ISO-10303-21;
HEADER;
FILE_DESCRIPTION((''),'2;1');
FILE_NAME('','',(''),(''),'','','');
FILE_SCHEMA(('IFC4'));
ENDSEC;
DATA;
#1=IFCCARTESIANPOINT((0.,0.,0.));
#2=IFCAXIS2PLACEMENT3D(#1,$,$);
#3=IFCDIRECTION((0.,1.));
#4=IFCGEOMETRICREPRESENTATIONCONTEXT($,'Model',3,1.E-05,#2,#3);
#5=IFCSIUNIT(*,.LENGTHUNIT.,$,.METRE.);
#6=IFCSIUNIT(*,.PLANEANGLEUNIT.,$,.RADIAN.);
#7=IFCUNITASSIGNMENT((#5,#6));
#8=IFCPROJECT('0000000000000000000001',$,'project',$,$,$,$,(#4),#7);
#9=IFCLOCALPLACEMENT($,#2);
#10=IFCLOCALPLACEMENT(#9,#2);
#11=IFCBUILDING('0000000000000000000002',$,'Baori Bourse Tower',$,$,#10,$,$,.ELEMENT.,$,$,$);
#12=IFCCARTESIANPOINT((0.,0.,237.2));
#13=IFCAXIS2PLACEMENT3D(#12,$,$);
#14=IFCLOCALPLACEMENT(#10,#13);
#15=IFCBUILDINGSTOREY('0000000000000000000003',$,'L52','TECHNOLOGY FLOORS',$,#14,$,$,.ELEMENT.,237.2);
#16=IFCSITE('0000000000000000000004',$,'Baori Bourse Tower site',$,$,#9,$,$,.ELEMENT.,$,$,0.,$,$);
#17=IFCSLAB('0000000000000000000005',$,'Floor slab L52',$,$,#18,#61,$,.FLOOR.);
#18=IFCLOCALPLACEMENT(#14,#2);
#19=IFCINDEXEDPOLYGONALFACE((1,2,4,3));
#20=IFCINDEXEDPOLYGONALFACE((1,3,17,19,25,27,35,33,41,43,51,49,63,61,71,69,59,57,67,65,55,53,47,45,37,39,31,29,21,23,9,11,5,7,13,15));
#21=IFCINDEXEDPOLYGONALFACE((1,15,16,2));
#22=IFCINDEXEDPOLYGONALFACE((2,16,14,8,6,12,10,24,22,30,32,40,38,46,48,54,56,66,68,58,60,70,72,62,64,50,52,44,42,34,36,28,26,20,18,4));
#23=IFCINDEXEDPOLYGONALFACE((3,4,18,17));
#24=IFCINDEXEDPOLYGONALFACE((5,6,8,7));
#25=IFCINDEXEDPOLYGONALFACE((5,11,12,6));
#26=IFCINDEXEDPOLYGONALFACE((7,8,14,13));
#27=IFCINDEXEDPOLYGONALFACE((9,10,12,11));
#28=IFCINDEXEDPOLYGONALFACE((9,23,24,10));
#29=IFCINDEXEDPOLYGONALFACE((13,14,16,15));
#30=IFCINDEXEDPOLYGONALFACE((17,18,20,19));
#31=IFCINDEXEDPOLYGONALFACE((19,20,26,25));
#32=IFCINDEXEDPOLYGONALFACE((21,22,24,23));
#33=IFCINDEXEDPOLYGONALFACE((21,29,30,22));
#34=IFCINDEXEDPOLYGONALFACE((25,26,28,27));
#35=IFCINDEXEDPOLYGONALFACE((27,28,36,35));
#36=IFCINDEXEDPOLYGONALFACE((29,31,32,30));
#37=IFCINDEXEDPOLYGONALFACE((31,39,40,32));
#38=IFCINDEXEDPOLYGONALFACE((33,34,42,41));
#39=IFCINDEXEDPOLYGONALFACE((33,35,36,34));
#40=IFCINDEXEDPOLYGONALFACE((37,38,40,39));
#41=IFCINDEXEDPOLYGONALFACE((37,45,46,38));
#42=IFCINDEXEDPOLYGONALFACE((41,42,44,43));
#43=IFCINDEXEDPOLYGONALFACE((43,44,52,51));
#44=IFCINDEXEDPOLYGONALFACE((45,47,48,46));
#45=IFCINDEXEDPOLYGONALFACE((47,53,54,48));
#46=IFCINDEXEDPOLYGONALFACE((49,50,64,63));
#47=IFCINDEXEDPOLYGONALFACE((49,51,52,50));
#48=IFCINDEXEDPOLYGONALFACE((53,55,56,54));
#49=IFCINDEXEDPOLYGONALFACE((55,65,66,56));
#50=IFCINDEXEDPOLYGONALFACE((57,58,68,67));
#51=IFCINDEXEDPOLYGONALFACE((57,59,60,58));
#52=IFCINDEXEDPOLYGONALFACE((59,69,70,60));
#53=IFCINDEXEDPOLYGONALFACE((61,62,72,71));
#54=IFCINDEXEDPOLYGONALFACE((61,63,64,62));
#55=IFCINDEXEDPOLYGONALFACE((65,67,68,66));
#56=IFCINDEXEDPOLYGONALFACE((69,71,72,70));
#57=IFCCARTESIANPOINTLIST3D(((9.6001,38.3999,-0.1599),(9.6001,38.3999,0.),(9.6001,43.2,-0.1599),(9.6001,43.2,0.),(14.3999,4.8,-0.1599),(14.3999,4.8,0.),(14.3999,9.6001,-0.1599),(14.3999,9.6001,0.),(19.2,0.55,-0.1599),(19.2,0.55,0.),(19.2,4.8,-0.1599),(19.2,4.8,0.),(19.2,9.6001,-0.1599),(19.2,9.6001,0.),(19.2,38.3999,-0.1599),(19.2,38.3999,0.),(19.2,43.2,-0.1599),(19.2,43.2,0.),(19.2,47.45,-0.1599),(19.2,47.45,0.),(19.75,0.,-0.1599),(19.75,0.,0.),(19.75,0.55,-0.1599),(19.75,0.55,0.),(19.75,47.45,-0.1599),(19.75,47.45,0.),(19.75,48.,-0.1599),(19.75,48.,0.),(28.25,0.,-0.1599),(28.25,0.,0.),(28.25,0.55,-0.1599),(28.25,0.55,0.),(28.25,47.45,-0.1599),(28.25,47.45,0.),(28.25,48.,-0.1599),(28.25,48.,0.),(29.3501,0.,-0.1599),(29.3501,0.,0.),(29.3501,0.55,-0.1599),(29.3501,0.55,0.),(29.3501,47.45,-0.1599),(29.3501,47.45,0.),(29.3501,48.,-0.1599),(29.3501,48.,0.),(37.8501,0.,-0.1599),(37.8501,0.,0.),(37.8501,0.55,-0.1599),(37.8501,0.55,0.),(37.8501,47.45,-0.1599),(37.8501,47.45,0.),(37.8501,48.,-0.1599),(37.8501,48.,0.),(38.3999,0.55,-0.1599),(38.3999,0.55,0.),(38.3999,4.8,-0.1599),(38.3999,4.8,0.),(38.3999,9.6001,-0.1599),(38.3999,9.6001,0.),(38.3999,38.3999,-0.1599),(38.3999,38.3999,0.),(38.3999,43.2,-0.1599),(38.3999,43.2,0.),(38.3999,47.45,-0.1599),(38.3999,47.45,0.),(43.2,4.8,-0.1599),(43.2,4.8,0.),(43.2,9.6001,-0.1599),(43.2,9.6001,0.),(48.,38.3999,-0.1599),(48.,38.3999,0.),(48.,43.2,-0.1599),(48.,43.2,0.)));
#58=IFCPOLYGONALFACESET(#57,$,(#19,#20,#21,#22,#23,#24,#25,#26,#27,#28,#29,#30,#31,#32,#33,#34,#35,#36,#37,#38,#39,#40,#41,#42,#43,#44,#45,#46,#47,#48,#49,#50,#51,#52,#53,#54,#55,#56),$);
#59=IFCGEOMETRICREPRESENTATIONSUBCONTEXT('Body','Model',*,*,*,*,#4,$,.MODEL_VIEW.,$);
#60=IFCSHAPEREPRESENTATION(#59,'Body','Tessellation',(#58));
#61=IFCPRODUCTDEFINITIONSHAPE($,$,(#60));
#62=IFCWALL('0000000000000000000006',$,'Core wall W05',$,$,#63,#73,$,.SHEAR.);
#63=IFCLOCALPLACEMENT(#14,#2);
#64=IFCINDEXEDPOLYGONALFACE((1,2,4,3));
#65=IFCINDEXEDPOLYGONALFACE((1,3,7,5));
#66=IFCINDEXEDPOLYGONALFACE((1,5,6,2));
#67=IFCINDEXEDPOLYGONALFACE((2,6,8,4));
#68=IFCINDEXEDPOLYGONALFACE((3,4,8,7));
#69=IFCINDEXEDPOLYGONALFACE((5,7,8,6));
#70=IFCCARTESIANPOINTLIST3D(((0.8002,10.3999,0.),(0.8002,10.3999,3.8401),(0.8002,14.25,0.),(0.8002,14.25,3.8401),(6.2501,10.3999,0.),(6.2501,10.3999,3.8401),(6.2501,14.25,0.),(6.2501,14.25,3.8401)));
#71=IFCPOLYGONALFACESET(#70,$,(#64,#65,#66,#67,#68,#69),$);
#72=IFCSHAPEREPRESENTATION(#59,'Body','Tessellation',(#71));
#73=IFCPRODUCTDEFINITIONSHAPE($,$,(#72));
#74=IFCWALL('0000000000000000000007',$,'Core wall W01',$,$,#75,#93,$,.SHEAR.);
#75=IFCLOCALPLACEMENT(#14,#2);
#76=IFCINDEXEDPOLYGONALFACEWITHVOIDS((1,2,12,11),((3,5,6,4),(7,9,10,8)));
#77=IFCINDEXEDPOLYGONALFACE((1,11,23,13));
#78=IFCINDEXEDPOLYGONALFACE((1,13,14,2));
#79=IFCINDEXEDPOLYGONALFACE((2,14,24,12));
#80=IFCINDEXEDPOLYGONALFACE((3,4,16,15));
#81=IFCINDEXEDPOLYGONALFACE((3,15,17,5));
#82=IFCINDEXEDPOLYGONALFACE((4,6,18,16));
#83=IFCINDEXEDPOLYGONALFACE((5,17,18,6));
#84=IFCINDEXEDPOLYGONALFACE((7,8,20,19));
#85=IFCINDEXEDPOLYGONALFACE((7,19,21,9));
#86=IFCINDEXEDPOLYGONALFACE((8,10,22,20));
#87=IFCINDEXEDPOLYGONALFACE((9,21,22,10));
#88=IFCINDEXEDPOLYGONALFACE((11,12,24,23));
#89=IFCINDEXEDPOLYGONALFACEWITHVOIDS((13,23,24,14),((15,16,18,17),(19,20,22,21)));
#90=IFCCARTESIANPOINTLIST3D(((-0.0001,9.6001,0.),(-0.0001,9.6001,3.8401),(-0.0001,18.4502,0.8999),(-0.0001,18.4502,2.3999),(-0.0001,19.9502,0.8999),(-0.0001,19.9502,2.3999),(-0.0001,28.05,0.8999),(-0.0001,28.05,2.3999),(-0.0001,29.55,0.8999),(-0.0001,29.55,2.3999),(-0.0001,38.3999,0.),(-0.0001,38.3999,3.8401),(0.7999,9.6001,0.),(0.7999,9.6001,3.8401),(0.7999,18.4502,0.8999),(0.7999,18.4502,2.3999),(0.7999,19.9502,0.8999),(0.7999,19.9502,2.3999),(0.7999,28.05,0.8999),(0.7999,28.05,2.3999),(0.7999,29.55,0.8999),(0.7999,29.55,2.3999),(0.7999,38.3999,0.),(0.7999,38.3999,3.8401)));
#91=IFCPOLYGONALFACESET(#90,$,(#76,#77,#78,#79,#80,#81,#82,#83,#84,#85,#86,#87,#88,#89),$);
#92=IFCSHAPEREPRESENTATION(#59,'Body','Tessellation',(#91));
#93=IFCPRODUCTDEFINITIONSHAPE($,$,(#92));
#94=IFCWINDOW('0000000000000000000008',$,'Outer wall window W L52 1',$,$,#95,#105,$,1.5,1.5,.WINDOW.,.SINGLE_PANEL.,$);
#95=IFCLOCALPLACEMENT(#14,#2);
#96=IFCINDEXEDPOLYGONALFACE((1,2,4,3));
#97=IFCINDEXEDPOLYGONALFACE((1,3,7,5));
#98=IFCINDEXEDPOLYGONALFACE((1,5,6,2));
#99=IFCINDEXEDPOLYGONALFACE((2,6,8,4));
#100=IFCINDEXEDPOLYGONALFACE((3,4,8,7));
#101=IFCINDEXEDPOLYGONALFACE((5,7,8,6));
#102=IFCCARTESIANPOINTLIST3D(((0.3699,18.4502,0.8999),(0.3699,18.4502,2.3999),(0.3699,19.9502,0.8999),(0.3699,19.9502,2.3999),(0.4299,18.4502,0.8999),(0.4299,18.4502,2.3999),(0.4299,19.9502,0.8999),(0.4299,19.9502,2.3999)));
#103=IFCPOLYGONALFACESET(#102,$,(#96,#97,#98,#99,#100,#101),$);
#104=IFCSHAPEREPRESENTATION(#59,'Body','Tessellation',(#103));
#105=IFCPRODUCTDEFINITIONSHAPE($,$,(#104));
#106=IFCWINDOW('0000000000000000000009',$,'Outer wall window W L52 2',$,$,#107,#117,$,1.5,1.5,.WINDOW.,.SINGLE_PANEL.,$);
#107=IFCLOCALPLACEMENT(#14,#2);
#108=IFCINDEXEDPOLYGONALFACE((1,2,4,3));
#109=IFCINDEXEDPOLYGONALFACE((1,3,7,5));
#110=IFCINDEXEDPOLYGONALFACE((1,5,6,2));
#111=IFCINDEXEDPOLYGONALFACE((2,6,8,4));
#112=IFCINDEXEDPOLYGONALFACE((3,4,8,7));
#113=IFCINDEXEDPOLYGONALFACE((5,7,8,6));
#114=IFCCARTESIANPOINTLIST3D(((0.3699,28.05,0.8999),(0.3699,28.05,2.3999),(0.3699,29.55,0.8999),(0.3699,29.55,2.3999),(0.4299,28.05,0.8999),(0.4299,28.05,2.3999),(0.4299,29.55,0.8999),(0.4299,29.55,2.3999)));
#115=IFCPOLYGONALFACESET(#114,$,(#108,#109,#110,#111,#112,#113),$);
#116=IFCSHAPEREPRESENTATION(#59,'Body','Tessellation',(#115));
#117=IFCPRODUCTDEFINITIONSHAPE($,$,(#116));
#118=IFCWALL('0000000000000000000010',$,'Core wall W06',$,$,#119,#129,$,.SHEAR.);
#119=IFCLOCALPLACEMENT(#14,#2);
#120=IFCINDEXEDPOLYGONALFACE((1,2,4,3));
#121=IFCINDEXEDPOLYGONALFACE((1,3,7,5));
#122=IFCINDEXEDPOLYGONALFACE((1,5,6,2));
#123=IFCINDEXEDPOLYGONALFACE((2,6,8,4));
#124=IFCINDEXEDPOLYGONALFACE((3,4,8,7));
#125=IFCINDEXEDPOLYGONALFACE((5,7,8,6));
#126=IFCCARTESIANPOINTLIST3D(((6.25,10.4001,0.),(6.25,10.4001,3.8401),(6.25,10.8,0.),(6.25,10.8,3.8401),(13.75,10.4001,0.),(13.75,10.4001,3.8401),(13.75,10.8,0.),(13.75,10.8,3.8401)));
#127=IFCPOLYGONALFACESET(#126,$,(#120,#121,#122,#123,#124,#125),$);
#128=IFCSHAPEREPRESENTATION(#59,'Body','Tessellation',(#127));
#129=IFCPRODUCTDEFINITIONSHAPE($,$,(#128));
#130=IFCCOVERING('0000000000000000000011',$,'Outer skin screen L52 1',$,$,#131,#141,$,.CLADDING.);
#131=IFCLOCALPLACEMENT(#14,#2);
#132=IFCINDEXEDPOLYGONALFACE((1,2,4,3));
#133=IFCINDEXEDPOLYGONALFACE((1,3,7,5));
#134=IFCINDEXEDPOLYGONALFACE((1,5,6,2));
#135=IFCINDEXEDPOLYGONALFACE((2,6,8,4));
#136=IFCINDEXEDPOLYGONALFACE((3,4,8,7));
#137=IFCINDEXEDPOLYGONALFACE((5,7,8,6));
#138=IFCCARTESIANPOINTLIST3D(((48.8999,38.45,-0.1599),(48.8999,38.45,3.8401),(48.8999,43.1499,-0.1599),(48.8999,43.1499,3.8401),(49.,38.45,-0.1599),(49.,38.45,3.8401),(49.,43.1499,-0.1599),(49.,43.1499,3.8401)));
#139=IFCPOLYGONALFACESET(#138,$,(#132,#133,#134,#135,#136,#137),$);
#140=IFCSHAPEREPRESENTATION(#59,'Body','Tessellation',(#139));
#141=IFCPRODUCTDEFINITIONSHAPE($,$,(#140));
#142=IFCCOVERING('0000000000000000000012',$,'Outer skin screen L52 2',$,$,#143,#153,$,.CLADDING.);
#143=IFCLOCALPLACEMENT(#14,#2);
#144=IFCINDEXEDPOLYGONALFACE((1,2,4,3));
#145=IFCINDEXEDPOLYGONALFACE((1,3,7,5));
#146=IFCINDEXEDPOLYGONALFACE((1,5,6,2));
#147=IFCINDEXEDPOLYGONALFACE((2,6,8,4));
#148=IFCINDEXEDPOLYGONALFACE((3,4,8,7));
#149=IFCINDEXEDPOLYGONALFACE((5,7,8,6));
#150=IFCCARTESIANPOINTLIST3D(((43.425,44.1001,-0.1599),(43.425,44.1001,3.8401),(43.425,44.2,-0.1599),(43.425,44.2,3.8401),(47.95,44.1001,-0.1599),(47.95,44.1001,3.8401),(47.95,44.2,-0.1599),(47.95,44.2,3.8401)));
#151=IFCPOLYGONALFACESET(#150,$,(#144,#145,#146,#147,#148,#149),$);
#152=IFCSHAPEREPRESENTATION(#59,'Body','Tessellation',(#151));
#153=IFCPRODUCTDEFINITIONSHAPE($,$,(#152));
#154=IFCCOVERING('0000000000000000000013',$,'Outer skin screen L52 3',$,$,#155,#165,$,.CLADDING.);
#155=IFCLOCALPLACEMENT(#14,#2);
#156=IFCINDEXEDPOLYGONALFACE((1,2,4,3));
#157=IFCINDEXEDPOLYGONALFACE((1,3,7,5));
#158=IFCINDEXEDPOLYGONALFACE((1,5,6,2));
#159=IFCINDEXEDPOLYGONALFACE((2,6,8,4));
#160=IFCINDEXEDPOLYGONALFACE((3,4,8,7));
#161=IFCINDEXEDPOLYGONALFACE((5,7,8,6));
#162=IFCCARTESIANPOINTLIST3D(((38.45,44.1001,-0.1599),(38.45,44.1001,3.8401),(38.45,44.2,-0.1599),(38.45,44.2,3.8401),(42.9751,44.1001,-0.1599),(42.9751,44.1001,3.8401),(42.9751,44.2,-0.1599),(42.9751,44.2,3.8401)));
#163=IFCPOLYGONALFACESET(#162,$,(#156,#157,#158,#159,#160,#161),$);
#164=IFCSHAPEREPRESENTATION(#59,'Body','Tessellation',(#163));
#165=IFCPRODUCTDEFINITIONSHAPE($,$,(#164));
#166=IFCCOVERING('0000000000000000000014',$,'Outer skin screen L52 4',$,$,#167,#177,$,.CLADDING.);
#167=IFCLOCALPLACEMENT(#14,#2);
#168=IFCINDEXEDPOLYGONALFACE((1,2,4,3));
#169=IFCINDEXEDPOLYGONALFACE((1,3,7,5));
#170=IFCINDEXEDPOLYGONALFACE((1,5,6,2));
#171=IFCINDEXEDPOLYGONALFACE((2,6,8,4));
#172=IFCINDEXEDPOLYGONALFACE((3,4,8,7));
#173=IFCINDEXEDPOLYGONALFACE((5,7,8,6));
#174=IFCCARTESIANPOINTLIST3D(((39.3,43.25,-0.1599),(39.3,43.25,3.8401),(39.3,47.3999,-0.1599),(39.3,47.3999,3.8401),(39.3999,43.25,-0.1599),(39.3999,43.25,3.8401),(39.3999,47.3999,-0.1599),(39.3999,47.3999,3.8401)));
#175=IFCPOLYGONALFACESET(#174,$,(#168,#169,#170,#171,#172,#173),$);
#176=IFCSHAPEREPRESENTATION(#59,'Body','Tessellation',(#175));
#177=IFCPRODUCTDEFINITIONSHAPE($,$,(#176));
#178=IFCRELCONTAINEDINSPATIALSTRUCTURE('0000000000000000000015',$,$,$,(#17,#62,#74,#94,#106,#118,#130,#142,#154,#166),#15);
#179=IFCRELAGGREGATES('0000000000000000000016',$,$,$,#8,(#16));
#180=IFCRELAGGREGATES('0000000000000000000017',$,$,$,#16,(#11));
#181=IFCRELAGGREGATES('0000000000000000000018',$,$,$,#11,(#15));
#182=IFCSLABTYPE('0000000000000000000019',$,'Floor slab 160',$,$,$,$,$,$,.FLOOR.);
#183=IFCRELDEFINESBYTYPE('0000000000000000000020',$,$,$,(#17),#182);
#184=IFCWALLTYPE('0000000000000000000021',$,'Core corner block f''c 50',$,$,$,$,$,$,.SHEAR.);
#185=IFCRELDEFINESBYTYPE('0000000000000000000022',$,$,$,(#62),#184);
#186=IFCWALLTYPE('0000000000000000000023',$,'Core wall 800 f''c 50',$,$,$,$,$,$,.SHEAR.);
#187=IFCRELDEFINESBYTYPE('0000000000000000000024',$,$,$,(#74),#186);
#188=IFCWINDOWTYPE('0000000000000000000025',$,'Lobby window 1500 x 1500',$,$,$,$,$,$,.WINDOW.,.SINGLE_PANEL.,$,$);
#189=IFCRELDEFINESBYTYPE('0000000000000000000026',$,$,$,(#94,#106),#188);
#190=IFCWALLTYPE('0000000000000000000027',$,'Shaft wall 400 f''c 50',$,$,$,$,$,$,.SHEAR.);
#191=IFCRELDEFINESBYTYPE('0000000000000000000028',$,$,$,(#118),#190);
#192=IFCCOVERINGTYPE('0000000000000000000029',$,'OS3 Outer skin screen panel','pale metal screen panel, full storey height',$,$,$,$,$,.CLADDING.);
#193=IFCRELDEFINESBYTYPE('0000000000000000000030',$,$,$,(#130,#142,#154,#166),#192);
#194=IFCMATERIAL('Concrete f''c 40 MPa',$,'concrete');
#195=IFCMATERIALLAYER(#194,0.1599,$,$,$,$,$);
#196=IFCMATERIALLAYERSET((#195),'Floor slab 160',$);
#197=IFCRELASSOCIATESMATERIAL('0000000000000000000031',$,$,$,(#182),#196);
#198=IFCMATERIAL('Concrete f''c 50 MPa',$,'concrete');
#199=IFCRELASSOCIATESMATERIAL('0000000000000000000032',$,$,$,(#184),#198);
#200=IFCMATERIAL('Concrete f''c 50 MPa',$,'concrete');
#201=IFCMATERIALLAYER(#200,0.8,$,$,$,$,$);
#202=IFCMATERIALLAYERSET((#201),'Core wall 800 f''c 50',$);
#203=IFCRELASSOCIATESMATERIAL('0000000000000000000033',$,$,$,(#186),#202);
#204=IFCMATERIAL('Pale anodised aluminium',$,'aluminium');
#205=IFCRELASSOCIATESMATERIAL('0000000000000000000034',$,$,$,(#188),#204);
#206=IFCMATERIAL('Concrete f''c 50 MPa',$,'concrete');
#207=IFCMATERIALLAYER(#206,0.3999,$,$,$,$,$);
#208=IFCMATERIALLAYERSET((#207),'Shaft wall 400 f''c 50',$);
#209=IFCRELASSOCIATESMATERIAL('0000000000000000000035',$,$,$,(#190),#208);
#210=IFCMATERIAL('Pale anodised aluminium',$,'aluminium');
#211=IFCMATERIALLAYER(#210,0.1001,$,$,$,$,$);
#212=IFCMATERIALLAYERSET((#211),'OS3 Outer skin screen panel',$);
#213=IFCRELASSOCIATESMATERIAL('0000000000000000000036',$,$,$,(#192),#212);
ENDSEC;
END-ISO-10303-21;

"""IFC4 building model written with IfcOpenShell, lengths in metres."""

from ifc_helpers import new_model, si_unit, direction, frame, frame_2d, origin, place, context, subcontext, project, spatial, polyline, rectangle, outline, extrude, material, layer, layer_set, type_object, element, fill, save


model = new_model("IFC4")

# Units and contexts
model_context = context("Model", 3, precision=1e-05, world=origin(), true_north=direction((0.0, 1.0)))
body_context = subcontext(model_context, "Body", "Model", "MODEL_VIEW")
ifc_project = project(units=[si_unit("LENGTHUNIT", "METRE"), si_unit("PLANEANGLEUNIT", "RADIAN")], contexts=[model_context])

# Site, building, storey
site_placement = place(None, origin())
site = spatial("IfcSite", under=ifc_project, at=site_placement, Name="Baori Bourse Tower site", CompositionType="ELEMENT", RefElevation=0.0)
building_placement = place(site_placement, origin())
building = spatial("IfcBuilding", under=site, at=building_placement, Name="Baori Bourse Tower", CompositionType="ELEMENT")
storey_placement = place(building_placement, frame((0.0, 0.0, 237.2)))
storey = spatial("IfcBuildingStorey", under=building, at=storey_placement, Name="L52", Description="TECHNOLOGY FLOORS", CompositionType="ELEMENT", Elevation=237.2)

# Slab
ifc_material_1 = material(Name="Concrete f'c 40 MPa", Category="concrete")
ifc_layer_1 = layer(ifc_material_1, 0.1599)
ifc_layer_set_1 = layer_set([ifc_layer_1], Name="Floor slab 160")
slab_type_1 = type_object("IfcSlabType", Name="Floor slab 160", PredefinedType="FLOOR", material=ifc_layer_set_1)
slab_1_placement = place(storey_placement, frame((0.0, 0.0, -0.1599)))
element("IfcSlab", 1, at=slab_1_placement, inside=storey, type_object=slab_type_1, Name="Floor slab L52", PredefinedType="FLOOR", context=body_context, shape_type="SweptSolid", body=[
    extrude(outline(polyline([(19.2, 4.8), (14.3999, 4.8), (14.3999, 9.6001), (19.2, 9.6001), (19.2, 38.3999), (9.6001, 38.3999), (9.6001, 43.2), (19.2, 43.2), (19.2, 47.45), (19.75, 47.45), (19.75, 48.0), (28.25, 48.0), (28.25, 47.45), (29.3501, 47.45), (29.3501, 48.0), (37.8501, 48.0), (37.8501, 47.45), (38.3999, 47.45), (38.3999, 43.2), (48.0, 43.2), (48.0, 38.3999), (38.3999, 38.3999), (38.3999, 9.6001), (43.2, 9.6001), (43.2, 4.8), (38.3999, 4.8), (38.3999, 0.55), (37.8501, 0.55), (37.8501, 0.0), (29.3501, 0.0), (29.3501, 0.55), (28.25, 0.55), (28.25, 0.0), (19.75, 0.0), (19.75, 0.55), (19.2, 0.55), (19.2, 4.8)])), origin(), (0.0, 0.0, 1.0), 0.1599),
])

# Wall
ifc_material_2 = material(Name="Concrete f'c 50 MPa", Category="concrete")
wall_type_1 = type_object("IfcWallType", Name="Core corner block f'c 50", PredefinedType="SHEAR", material=ifc_material_2)
wall_1_placement = place(storey_placement, frame((0.8, 12.325, 0.0), z_axis=(0.0, 0.0, 1.0), x_axis=(1.0, 0.0, 0.0)))
element("IfcWall", 2, at=wall_1_placement, inside=storey, type_object=wall_type_1, Name="Core wall W05", PredefinedType="SHEAR", context=body_context, shape_type="SweptSolid", body=[
    extrude(rectangle(XDim=5.45, YDim=3.8501, at=frame_2d((2.7251, 0.0))), origin(), (0.0, 0.0, 1.0), 3.8401),
])

# Wall, openings, windows
ifc_material_3 = material(Name="Concrete f'c 50 MPa", Category="concrete")
ifc_layer_2 = layer(ifc_material_3, 0.8)
ifc_layer_set_2 = layer_set([ifc_layer_2], Name="Core wall 800 f'c 50")
wall_type_2 = type_object("IfcWallType", Name="Core wall 800 f'c 50", PredefinedType="SHEAR", material=ifc_layer_set_2)
wall_2_placement = place(storey_placement, frame((0.3999, 9.6001, 0.0), z_axis=(0.0, 0.0, 1.0), x_axis=(0.0, 1.0, 0.0)))
wall_2 = element("IfcWall", 3, at=wall_2_placement, inside=storey, type_object=wall_type_2, Name="Core wall W01", PredefinedType="SHEAR", context=body_context, shape_type="SweptSolid", body=[
    extrude(rectangle(XDim=28.7998, YDim=0.8, at=frame_2d((14.3999, 0.0))), origin(), (0.0, 0.0, 1.0), 3.8401),
])
opening_1_placement = place(wall_2_placement, frame((8.8501, 0.0, 0.8999)))
opening_1 = element("IfcOpeningElement", 4, at=opening_1_placement, cuts=wall_2, PredefinedType="OPENING", context=body_context, shape_type="SweptSolid", body=[
    extrude(rectangle(XDim=1.5, YDim=1.5, at=frame_2d((0.75, 0.75))), frame((0.0, 0.4099, 0.0), z_axis=(0.0, -1.0, 0.0), x_axis=(1.0, 0.0, 0.0)), (0.0, 0.0, 1.0), 0.8201),
])
opening_2_placement = place(wall_2_placement, frame((18.45, 0.0, 0.8999)))
opening_2 = element("IfcOpeningElement", 5, at=opening_2_placement, cuts=wall_2, PredefinedType="OPENING", context=body_context, shape_type="SweptSolid", body=[
    extrude(rectangle(XDim=1.5, YDim=1.5, at=frame_2d((0.75, 0.75))), frame((0.0, 0.4099, 0.0), z_axis=(0.0, -1.0, 0.0), x_axis=(1.0, 0.0, 0.0)), (0.0, 0.0, 1.0), 0.8201),
])
ifc_material_4 = material(Name="Pale anodised aluminium", Category="aluminium")
window_type = type_object("IfcWindowType", Name="Lobby window 1500 x 1500", PartitioningType="SINGLE_PANEL", PredefinedType="WINDOW", material=ifc_material_4)
window_1_placement = place(opening_1_placement, origin())
window_1 = element("IfcWindow", 6, at=window_1_placement, inside=storey, type_object=window_type, Name="Outer wall window W L52 1", OverallHeight=1.5, OverallWidth=1.5, PartitioningType="SINGLE_PANEL", PredefinedType="WINDOW", context=body_context, shape_type="SweptSolid", body=[
    extrude(rectangle(XDim=1.5, YDim=1.5, at=frame_2d((0.75, 0.75))), frame((0.0, 0.03, 0.0), z_axis=(0.0, -1.0, 0.0), x_axis=(1.0, 0.0, 0.0)), (0.0, 0.0, 1.0), 0.0601),
])
fill(opening_1, window_1)
window_2_placement = place(opening_2_placement, origin())
window_2 = element("IfcWindow", 7, at=window_2_placement, inside=storey, type_object=window_type, Name="Outer wall window W L52 2", OverallHeight=1.5, OverallWidth=1.5, PartitioningType="SINGLE_PANEL", PredefinedType="WINDOW", context=body_context, shape_type="SweptSolid", body=[
    extrude(rectangle(XDim=1.5, YDim=1.5, at=frame_2d((0.75, 0.75))), frame((0.0, 0.03, 0.0), z_axis=(0.0, -1.0, 0.0), x_axis=(1.0, 0.0, 0.0)), (0.0, 0.0, 1.0), 0.0601),
])
fill(opening_2, window_2)

# Wall
ifc_material_5 = material(Name="Concrete f'c 50 MPa", Category="concrete")
ifc_layer_3 = layer(ifc_material_5, 0.3999)
ifc_layer_set_3 = layer_set([ifc_layer_3], Name="Shaft wall 400 f'c 50")
wall_type_3 = type_object("IfcWallType", Name="Shaft wall 400 f'c 50", PredefinedType="SHEAR", material=ifc_layer_set_3)
wall_3_placement = place(storey_placement, frame((6.25, 10.6001, 0.0), z_axis=(0.0, 0.0, 1.0), x_axis=(1.0, 0.0, 0.0)))
element("IfcWall", 8, at=wall_3_placement, inside=storey, type_object=wall_type_3, Name="Core wall W06", PredefinedType="SHEAR", context=body_context, shape_type="SweptSolid", body=[
    extrude(rectangle(XDim=7.5, YDim=0.3999, at=frame_2d((3.75, 0.0))), origin(), (0.0, 0.0, 1.0), 3.8401),
])

# Coverings
ifc_material_6 = material(Name="Pale anodised aluminium", Category="aluminium")
ifc_layer_4 = layer(ifc_material_6, 0.1001)
ifc_layer_set_4 = layer_set([ifc_layer_4], Name="OS3 Outer skin screen panel")
covering_type = type_object("IfcCoveringType", Name="OS3 Outer skin screen panel", Description="pale metal screen panel, full storey height", PredefinedType="CLADDING", material=ifc_layer_set_4)
covering_1_placement = place(storey_placement, frame((0.0, 0.0, -0.1599)))
element("IfcCovering", 9, at=covering_1_placement, inside=storey, type_object=covering_type, Name="Outer skin screen L52 1", PredefinedType="CLADDING", context=body_context, shape_type="SweptSolid", body=[
    extrude(outline(polyline([(48.8999, 43.1499), (48.8999, 38.45), (49.0, 38.45), (49.0, 43.1499), (48.8999, 43.1499)])), origin(), (0.0, 0.0, 1.0), 4.0),
])
covering_2_placement = place(storey_placement, frame((0.0, 0.0, -0.1599)))
element("IfcCovering", 10, at=covering_2_placement, inside=storey, type_object=covering_type, Name="Outer skin screen L52 2", PredefinedType="CLADDING", context=body_context, shape_type="SweptSolid", body=[
    extrude(outline(polyline([(43.425, 44.1001), (47.95, 44.1001), (47.95, 44.2), (43.425, 44.2), (43.425, 44.1001)])), origin(), (0.0, 0.0, 1.0), 4.0),
])
covering_3_placement = place(storey_placement, frame((0.0, 0.0, -0.1599)))
element("IfcCovering", 11, at=covering_3_placement, inside=storey, type_object=covering_type, Name="Outer skin screen L52 3", PredefinedType="CLADDING", context=body_context, shape_type="SweptSolid", body=[
    extrude(outline(polyline([(38.45, 44.1001), (42.9751, 44.1001), (42.9751, 44.2), (38.45, 44.2), (38.45, 44.1001)])), origin(), (0.0, 0.0, 1.0), 4.0),
])
covering_4_placement = place(storey_placement, frame((0.0, 0.0, -0.1599)))
element("IfcCovering", 12, at=covering_4_placement, inside=storey, type_object=covering_type, Name="Outer skin screen L52 4", PredefinedType="CLADDING", context=body_context, shape_type="SweptSolid", body=[
    extrude(outline(polyline([(39.3, 47.3999), (39.3, 43.25), (39.3999, 43.25), (39.3999, 47.3999), (39.3, 47.3999)])), origin(), (0.0, 0.0, 1.0), 4.0),
])

save(model, "model.ifc")
